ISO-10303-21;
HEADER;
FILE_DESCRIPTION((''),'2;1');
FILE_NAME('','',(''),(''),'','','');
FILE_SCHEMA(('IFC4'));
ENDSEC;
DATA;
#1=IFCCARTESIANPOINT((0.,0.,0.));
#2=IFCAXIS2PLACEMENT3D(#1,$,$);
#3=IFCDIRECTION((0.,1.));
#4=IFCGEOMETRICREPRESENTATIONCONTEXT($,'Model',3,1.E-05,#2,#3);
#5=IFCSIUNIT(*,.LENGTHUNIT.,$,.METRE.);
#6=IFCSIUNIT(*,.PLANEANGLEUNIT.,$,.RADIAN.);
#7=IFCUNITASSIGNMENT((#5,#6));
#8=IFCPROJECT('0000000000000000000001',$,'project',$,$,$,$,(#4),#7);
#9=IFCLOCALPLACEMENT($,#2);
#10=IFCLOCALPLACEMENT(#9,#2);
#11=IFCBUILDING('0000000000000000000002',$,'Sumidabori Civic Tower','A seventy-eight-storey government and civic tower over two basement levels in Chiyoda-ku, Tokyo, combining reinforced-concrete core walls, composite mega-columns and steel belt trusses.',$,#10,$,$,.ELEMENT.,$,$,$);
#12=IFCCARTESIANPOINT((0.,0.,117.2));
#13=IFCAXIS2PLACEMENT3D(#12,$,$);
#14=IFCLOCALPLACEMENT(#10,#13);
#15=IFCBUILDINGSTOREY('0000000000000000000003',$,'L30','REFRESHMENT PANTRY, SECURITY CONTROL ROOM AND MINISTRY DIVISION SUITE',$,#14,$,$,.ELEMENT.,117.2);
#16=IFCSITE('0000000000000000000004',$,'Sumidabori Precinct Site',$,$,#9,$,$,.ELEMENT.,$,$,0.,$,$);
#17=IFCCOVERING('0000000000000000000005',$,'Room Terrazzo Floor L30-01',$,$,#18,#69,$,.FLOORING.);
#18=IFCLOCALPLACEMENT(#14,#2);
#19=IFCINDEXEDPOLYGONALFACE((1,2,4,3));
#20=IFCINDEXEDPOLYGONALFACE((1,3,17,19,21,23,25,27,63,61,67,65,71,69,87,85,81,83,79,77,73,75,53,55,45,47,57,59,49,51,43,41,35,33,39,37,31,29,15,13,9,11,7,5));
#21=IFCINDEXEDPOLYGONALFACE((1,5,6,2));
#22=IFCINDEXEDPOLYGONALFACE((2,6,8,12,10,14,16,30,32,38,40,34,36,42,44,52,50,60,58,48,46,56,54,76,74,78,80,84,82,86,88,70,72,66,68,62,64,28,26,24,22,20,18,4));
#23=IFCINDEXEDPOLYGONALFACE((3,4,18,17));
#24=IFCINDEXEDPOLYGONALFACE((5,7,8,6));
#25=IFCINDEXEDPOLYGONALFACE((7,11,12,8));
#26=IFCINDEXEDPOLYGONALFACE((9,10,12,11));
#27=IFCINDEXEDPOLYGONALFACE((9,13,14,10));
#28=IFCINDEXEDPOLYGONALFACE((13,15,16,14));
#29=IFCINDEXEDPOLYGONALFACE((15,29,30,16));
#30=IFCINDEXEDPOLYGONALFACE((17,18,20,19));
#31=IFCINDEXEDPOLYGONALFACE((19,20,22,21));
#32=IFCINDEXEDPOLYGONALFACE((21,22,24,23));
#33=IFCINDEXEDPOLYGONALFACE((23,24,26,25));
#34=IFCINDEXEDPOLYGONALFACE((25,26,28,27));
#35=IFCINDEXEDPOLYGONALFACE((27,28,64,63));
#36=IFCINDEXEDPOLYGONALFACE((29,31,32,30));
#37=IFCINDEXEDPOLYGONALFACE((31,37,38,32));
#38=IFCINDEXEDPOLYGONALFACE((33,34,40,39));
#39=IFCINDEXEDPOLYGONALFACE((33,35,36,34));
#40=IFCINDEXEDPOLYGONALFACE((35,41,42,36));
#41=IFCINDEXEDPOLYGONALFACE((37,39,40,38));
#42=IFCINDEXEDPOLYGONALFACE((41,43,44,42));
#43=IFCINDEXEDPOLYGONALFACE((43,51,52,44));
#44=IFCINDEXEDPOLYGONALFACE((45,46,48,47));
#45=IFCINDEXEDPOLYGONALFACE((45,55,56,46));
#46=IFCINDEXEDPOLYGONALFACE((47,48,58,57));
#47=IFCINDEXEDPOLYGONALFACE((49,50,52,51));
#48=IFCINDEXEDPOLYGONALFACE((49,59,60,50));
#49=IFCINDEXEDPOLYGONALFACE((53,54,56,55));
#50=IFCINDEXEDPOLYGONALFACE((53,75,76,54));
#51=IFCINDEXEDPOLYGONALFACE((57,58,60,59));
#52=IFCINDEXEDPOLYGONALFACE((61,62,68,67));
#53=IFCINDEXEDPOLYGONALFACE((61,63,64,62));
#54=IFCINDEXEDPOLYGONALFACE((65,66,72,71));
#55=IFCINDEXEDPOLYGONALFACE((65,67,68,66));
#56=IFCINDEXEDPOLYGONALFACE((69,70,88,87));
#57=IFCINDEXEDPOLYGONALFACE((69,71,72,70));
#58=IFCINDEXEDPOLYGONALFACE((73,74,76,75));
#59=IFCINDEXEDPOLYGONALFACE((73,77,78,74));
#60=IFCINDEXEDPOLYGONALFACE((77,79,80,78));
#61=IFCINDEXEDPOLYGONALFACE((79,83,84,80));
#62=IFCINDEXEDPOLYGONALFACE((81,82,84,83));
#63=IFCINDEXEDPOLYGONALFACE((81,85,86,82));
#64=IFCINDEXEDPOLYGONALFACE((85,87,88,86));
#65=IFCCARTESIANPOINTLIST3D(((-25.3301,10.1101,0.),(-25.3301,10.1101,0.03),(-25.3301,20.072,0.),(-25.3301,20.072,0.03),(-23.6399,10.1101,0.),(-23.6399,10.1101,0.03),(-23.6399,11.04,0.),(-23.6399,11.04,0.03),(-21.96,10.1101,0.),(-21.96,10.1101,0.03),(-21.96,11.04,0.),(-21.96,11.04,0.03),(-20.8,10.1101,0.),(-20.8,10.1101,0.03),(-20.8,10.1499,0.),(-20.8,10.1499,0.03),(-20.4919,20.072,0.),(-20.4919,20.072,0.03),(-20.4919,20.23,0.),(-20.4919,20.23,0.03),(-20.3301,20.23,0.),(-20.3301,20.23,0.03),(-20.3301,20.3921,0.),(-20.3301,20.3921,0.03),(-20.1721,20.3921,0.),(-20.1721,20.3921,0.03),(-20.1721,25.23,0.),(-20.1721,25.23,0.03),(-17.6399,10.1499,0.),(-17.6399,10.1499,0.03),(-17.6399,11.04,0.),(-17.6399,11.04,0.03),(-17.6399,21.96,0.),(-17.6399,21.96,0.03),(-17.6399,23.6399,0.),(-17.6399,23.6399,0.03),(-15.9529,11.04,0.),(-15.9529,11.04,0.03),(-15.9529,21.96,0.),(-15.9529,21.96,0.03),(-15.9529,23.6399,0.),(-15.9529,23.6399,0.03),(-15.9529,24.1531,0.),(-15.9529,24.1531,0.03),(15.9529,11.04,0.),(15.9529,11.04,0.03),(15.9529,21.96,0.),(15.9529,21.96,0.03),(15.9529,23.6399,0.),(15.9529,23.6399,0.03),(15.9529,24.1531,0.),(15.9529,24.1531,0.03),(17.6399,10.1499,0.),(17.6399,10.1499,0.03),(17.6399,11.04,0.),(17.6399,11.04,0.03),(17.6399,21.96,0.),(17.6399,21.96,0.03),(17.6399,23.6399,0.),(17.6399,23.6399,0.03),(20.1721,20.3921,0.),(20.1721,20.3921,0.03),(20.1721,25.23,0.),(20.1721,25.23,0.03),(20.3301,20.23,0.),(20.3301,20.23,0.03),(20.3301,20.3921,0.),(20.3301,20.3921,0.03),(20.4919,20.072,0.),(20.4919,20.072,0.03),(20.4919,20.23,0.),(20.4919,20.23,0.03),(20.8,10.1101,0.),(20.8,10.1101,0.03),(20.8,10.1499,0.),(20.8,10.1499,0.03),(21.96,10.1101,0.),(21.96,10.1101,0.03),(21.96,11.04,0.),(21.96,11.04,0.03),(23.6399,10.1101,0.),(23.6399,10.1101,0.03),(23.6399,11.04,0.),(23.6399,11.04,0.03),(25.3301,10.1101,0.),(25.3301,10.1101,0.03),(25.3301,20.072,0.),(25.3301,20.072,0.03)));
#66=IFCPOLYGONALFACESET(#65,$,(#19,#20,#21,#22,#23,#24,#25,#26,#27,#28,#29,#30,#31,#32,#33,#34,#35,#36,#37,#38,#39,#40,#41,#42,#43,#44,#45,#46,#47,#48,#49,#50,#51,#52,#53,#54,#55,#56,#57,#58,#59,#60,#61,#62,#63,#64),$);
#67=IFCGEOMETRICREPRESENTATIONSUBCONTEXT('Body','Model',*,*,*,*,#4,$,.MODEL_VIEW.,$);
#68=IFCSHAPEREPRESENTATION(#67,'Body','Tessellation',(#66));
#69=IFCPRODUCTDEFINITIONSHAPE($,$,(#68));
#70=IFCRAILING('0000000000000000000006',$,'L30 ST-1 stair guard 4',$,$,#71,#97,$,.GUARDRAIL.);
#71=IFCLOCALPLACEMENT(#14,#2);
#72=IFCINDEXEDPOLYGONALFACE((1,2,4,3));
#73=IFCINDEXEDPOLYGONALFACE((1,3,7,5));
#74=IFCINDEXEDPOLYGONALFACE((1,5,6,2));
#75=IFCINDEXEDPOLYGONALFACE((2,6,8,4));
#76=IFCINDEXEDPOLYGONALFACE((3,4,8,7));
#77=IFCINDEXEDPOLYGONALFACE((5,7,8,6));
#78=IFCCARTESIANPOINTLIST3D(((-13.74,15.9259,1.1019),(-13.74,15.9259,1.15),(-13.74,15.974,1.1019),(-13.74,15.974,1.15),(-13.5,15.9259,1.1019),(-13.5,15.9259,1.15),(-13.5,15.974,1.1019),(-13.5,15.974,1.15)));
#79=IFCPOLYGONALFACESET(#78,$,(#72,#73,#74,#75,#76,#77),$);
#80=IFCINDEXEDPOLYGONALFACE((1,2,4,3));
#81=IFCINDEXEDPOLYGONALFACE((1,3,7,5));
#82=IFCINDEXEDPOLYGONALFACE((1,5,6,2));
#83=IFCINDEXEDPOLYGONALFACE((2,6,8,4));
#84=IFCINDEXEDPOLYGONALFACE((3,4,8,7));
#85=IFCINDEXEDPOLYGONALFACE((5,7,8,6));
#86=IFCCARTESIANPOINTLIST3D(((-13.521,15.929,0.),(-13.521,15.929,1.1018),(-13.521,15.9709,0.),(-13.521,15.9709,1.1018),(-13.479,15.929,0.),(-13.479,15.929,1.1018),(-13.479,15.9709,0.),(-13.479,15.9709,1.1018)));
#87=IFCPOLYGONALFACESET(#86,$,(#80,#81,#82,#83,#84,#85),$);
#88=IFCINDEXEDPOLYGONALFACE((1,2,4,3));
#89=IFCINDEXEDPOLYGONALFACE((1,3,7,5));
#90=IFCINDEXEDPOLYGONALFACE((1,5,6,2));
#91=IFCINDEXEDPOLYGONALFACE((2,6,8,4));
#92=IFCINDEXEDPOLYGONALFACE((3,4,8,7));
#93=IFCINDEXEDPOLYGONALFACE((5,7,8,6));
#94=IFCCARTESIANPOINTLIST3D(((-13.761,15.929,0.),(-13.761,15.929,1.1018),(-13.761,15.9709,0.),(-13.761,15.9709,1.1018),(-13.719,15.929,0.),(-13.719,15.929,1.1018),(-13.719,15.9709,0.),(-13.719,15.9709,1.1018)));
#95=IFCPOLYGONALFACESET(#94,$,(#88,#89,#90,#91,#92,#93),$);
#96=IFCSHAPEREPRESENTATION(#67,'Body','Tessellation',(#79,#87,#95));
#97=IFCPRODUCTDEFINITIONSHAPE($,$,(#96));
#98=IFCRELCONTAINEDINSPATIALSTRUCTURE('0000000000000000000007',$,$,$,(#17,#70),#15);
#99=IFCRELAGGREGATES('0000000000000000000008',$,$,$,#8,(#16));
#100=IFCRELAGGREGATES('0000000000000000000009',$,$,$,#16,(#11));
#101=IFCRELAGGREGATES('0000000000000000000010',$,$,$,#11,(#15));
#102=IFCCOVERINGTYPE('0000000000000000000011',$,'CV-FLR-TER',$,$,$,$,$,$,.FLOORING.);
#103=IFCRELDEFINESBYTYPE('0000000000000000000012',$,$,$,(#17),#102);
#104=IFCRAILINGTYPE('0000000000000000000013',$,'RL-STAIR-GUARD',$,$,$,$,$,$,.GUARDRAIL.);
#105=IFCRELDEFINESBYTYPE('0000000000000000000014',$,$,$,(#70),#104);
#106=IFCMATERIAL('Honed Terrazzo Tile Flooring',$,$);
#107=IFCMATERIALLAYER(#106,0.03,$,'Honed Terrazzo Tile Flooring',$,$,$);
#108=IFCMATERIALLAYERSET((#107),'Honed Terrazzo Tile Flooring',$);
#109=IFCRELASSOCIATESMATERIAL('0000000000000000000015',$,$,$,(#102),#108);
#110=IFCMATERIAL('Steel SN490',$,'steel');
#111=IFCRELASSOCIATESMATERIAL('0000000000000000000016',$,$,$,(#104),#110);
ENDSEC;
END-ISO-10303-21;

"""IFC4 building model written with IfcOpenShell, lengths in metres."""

from ifc_helpers import new_model, si_unit, direction, frame, origin, origin_2d, place, context, subcontext, project, spatial, polyline, rectangle, outline, extrude, material, layer, layer_set, type_object, element, save


model = new_model("IFC4")

# Units and contexts
model_context = context("Model", 3, precision=1e-05, world=origin(), true_north=direction((0.0, 1.0)))
body_context = subcontext(model_context, "Body", "Model", "MODEL_VIEW")
ifc_project = project(units=[si_unit("LENGTHUNIT", "METRE"), si_unit("PLANEANGLEUNIT", "RADIAN")], contexts=[model_context])

# Site, building, storey
site_placement = place(None, origin())
site = spatial("IfcSite", under=ifc_project, at=site_placement, Name="Sumidabori Precinct Site", CompositionType="ELEMENT", RefElevation=0.0)
building_placement = place(site_placement, origin())
building = spatial("IfcBuilding", under=site, at=building_placement, Name="Sumidabori Civic Tower", Description="A seventy-eight-storey government and civic tower over two basement levels in Chiyoda-ku, Tokyo, combining reinforced-concrete core walls, composite mega-columns and steel belt trusses.", CompositionType="ELEMENT")
storey_placement = place(building_placement, frame((0.0, 0.0, 117.2)))
storey = spatial("IfcBuildingStorey", under=building, at=storey_placement, Name="L30", Description="REFRESHMENT PANTRY, SECURITY CONTROL ROOM AND MINISTRY DIVISION SUITE", CompositionType="ELEMENT", Elevation=117.2)

# Shared definitions
ifc_material_1 = material(Name="Steel SN490", Category="steel")

# Covering
ifc_material_2 = material(Name="Honed Terrazzo Tile Flooring")
ifc_layer_1 = layer(ifc_material_2, 0.03, Name="Honed Terrazzo Tile Flooring")
ifc_layer_set_1 = layer_set([ifc_layer_1], Name="Honed Terrazzo Tile Flooring")
covering_type_1 = type_object("IfcCoveringType", Name="CV-FLR-TER", PredefinedType="FLOORING", material=ifc_layer_set_1)
covering_1_placement = place(storey_placement, origin())
element("IfcCovering", 1, at=covering_1_placement, inside=storey, type_object=covering_type_1, Name="Room Terrazzo Floor L30-01", PredefinedType="FLOORING", context=body_context, shape_type="SweptSolid", body=[
    extrude(outline(polyline([(-21.96, 10.1101), (-21.96, 11.04), (-23.6399, 11.04), (-23.6399, 10.1101), (-25.3301, 10.1101), (-25.3301, 20.072), (-20.4919, 20.072), (-20.4919, 20.23), (-20.3301, 20.23), (-20.3301, 20.3921), (-20.1721, 20.3921), (-20.1721, 25.23), (20.1721, 25.23), (20.1721, 20.3921), (20.3301, 20.3921), (20.3301, 20.23), (20.4919, 20.23), (20.4919, 20.072), (25.3301, 20.072), (25.3301, 10.1101), (23.6399, 10.1101), (23.6399, 11.04), (21.96, 11.04), (21.96, 10.1101), (20.8, 10.1101), (20.8, 10.1499), (17.6399, 10.1499), (17.6399, 11.04), (15.9529, 11.04), (15.9529, 21.96), (17.6399, 21.96), (17.6399, 23.6399), (15.9529, 23.6399), (15.9529, 24.1531), (-15.9529, 24.1531), (-15.9529, 23.6399), (-17.6399, 23.6399), (-17.6399, 21.96), (-15.9529, 21.96), (-15.9529, 11.04), (-17.6399, 11.04), (-17.6399, 10.1499), (-20.8, 10.1499), (-20.8, 10.1101), (-21.96, 10.1101)])), origin(), (0.0, 0.0, 1.0), 0.03),
])

# Railing
railing_type = type_object("IfcRailingType", Name="RL-STAIR-GUARD", PredefinedType="GUARDRAIL", material=ifc_material_1)
railing_placement = place(storey_placement, frame((-13.5, 15.95, 0.0)))
element("IfcRailing", 2, at=railing_placement, inside=storey, type_object=railing_type, Name="L30 ST-1 stair guard 4", PredefinedType="GUARDRAIL", context=body_context, shape_type="SweptSolid", body=[
    extrude(rectangle(XDim=0.0481, YDim=0.0481, at=origin_2d()), frame((0.0, 0.0, 1.126), z_axis=(-1.0, 0.0, 0.0), x_axis=(0.0, -1.0, 0.0)), (0.0, 0.0, 1.0), 0.24),
    extrude(rectangle(XDim=0.042, YDim=0.042, at=origin_2d()), origin(), (0.0, 0.0, 1.0), 1.1018),
    extrude(rectangle(XDim=0.042, YDim=0.042, at=origin_2d()), frame((-0.24, 0.0, 0.0)), (0.0, 0.0, 1.0), 1.1018),
])

save(model, "model.ifc")
